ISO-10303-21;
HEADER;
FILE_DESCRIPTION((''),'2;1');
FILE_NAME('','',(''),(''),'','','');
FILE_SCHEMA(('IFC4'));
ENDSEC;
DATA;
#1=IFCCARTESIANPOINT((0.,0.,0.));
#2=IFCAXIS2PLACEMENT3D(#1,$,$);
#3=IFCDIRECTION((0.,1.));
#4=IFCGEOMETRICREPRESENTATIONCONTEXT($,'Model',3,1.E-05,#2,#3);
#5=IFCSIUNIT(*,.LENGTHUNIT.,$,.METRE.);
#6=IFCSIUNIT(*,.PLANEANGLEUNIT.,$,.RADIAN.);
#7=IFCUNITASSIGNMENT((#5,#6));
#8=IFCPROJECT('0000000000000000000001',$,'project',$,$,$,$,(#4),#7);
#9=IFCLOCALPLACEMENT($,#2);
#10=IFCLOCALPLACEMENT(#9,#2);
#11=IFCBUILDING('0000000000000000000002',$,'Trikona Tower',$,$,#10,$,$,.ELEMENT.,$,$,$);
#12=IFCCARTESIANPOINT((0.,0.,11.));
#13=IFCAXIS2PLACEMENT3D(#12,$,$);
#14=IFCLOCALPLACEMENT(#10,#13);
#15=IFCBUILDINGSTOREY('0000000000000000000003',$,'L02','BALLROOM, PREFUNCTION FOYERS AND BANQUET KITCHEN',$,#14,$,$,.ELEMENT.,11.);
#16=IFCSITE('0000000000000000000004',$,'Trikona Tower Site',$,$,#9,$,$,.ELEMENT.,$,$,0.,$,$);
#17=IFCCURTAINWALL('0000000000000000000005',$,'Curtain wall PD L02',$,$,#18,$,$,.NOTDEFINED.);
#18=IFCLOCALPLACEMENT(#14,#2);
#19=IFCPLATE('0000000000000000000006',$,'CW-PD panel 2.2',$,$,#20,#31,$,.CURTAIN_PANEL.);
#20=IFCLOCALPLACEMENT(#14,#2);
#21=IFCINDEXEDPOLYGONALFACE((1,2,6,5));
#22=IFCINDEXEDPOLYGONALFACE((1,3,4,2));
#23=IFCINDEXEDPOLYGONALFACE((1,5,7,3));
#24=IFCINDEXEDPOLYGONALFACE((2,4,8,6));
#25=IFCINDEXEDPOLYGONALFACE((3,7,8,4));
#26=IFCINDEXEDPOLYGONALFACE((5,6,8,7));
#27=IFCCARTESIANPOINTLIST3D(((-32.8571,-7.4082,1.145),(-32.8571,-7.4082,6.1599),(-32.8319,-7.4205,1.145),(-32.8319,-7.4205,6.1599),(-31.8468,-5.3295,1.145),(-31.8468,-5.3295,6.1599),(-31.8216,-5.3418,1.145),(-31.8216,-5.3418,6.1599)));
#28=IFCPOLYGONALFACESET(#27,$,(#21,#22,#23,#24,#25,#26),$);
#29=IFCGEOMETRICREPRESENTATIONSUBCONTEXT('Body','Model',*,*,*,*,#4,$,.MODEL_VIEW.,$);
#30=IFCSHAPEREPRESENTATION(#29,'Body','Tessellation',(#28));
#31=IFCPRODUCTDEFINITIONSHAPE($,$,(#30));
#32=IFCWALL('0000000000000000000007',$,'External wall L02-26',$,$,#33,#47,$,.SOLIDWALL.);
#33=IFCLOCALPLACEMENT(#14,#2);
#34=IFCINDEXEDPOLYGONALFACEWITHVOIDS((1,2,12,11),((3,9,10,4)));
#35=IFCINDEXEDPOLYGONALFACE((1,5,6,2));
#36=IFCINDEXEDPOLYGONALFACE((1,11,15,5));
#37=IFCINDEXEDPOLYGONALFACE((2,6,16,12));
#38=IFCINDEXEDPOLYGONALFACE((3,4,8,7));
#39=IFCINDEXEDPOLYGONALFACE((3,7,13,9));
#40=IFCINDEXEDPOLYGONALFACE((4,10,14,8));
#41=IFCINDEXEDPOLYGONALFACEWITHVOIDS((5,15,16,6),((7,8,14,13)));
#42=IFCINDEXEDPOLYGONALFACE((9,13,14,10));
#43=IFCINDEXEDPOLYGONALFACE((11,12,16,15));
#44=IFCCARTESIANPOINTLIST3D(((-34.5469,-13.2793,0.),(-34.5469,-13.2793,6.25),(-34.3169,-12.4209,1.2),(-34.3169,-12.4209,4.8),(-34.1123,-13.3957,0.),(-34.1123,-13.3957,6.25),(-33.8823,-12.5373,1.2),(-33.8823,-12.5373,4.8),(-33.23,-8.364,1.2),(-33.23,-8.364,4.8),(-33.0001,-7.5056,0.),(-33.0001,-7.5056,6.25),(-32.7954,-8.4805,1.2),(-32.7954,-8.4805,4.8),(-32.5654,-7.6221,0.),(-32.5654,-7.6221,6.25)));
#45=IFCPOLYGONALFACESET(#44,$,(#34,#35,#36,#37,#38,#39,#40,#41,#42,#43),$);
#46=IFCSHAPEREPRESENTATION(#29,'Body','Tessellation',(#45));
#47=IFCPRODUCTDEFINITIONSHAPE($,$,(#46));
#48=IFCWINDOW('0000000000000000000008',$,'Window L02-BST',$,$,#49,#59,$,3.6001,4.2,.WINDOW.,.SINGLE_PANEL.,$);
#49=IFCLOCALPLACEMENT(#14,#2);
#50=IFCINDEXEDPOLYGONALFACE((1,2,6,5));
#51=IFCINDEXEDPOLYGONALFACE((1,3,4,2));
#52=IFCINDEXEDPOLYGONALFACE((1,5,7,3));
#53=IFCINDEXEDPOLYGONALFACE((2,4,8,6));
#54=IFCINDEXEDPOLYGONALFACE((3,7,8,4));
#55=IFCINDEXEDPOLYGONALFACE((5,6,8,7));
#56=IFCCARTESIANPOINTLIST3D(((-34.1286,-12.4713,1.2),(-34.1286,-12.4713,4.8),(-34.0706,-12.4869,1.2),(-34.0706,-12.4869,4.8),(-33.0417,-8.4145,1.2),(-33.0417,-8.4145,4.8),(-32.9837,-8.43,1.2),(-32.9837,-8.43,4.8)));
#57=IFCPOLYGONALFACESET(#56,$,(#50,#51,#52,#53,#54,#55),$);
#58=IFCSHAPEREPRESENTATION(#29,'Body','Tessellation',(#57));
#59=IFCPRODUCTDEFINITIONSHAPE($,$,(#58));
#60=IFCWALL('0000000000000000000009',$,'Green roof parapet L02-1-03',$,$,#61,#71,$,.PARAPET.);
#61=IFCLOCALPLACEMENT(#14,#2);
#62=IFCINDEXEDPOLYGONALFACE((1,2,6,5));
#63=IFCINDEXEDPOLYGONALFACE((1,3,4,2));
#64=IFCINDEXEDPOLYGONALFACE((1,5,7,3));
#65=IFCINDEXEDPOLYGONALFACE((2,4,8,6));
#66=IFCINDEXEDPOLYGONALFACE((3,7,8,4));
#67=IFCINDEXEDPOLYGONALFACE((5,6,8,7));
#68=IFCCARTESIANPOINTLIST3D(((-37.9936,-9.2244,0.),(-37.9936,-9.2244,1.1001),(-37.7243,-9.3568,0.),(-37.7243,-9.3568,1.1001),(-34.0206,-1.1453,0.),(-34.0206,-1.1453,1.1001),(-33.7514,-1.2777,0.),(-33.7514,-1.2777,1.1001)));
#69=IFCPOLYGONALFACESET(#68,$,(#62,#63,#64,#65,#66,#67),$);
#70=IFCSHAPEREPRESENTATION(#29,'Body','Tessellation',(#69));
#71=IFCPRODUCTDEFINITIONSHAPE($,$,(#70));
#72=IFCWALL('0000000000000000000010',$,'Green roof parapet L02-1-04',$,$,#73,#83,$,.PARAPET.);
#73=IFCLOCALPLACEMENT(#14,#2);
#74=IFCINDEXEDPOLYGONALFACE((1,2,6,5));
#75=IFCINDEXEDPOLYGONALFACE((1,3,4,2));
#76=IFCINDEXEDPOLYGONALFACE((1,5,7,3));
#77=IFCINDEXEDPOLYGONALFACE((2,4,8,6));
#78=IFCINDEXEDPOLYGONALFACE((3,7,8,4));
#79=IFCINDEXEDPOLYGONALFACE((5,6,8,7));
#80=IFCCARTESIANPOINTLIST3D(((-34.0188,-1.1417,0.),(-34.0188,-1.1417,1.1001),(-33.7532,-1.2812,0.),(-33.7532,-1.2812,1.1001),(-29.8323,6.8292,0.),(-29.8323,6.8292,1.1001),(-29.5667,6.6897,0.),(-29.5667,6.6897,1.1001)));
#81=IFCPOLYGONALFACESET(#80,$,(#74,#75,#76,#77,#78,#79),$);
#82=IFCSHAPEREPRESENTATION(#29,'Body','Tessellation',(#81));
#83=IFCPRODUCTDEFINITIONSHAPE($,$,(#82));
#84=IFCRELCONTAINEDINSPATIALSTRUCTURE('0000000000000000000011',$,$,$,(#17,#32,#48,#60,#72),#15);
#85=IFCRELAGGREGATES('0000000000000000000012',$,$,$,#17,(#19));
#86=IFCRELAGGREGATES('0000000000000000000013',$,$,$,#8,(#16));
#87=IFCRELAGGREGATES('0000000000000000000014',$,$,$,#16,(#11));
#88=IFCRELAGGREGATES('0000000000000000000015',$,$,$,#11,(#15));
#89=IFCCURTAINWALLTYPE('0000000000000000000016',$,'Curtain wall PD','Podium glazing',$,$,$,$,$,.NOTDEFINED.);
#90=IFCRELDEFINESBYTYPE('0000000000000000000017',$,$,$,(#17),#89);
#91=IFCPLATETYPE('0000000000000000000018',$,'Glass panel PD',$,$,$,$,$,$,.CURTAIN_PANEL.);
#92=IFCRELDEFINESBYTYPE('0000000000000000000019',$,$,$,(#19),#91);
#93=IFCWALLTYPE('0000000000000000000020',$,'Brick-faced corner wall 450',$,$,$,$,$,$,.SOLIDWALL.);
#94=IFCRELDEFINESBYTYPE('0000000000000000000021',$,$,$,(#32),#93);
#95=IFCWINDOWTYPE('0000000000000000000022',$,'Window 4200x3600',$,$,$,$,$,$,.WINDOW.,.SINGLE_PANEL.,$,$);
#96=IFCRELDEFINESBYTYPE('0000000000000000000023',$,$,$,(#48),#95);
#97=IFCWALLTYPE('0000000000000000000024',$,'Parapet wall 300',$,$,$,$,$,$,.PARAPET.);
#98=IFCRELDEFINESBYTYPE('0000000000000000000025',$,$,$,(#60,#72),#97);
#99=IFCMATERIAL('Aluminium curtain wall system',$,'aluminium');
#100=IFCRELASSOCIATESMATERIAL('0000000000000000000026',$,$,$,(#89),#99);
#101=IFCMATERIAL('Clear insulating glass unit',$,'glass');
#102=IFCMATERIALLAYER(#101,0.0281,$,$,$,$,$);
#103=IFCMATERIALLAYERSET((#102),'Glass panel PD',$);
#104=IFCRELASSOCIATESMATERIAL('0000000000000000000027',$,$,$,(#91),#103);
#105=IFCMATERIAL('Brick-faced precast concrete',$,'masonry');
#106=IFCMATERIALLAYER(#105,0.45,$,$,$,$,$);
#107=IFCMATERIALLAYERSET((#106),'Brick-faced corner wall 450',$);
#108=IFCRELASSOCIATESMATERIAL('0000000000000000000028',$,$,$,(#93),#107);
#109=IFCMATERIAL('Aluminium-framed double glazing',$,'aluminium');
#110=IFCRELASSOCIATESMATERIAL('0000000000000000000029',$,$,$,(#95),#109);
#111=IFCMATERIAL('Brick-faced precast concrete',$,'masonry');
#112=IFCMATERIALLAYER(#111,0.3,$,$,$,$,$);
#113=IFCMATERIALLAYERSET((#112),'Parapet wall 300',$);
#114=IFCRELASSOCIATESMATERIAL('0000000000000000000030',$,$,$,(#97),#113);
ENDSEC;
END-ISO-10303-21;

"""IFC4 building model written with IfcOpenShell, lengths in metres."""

from ifc_helpers import new_model, si_unit, direction, frame, frame_2d, origin, origin_2d, place, context, subcontext, project, spatial, rectangle, extrude, material, layer, layer_set, type_object, element, fill, aggregate, save


model = new_model("IFC4")

# Units and contexts
model_context = context("Model", 3, precision=1e-05, world=origin(), true_north=direction((0.0, 1.0)))
body_context = subcontext(model_context, "Body", "Model", "MODEL_VIEW")
ifc_project = project(units=[si_unit("LENGTHUNIT", "METRE"), si_unit("PLANEANGLEUNIT", "RADIAN")], contexts=[model_context])

# Site, building, storey
site_placement = place(None, origin())
site = spatial("IfcSite", under=ifc_project, at=site_placement, Name="Trikona Tower Site", CompositionType="ELEMENT", RefElevation=0.0)
building_placement = place(site_placement, origin())
building = spatial("IfcBuilding", under=site, at=building_placement, Name="Trikona Tower", CompositionType="ELEMENT")
storey_placement = place(building_placement, frame((0.0, 0.0, 11.0)))
storey = spatial("IfcBuildingStorey", under=building, at=storey_placement, Name="L02", Description="BALLROOM, PREFUNCTION FOYERS AND BANQUET KITCHEN", CompositionType="ELEMENT", Elevation=11.0)

# Shared definitions
ifc_material_1 = material(Name="Aluminium curtain wall system", Category="aluminium")
curtain_wall_type = type_object("IfcCurtainWallType", Name="Curtain wall PD", Description="Podium glazing", PredefinedType="NOTDEFINED", material=ifc_material_1)

# Curtain wall
curtain_wall_1_placement = place(storey_placement, origin())
curtain_wall_1 = element("IfcCurtainWall", 1, at=curtain_wall_1_placement, inside=storey, type_object=curtain_wall_type, Name="Curtain wall PD L02", PredefinedType="NOTDEFINED")

# Plate
ifc_material_2 = material(Name="Clear insulating glass unit", Category="glass")
ifc_layer_1 = layer(ifc_material_2, 0.0281)
ifc_layer_set_1 = layer_set([ifc_layer_1], Name="Glass panel PD")
plate_type = type_object("IfcPlateType", Name="Glass panel PD", PredefinedType="CURTAIN_PANEL", material=ifc_layer_set_1)
plate_1_placement = place(storey_placement, frame((-32.3394, -6.375, 1.145), z_axis=(0.0, 0.0, 1.0), x_axis=(-0.437129, -0.899399, 0.0)))
plate_1 = element("IfcPlate", 2, at=plate_1_placement, type_object=plate_type, Name="CW-PD panel 2.2", PredefinedType="CURTAIN_PANEL", context=body_context, shape_type="SweptSolid", body=[
    extrude(rectangle(XDim=2.3113, YDim=0.0281, at=origin_2d()), origin(), (0.0, 0.0, 1.0), 5.0149),
])
aggregate(curtain_wall_1, [plate_1])

# Wall, opening, window
ifc_material_3 = material(Name="Brick-faced precast concrete", Category="masonry")
ifc_layer_2 = layer(ifc_material_3, 0.45)
ifc_layer_set_2 = layer_set([ifc_layer_2], Name="Brick-faced corner wall 450")
wall_type_1 = type_object("IfcWallType", Name="Brick-faced corner wall 450", PredefinedType="SOLIDWALL", material=ifc_layer_set_2)
wall_1_placement = place(storey_placement, frame((-32.7827, -7.5637, 0.0), z_axis=(0.0, 0.0, 1.0), x_axis=(-0.258791, -0.965933, 0.0)))
wall_1 = element("IfcWall", 3, at=wall_1_placement, inside=storey, type_object=wall_type_1, Name="External wall L02-26", PredefinedType="SOLIDWALL", context=body_context, shape_type="SweptSolid", body=[
    extrude(rectangle(XDim=5.9773, YDim=0.45, at=frame_2d((2.9888, 0.0))), origin(), (0.0, 0.0, 1.0), 6.25),
])
opening_placement = place(wall_1_placement, frame((0.8887, 0.0, 1.2)))
opening = element("IfcOpeningElement", 4, at=opening_placement, cuts=wall_1, PredefinedType="OPENING", context=body_context, shape_type="SweptSolid", body=[
    extrude(rectangle(XDim=4.2, YDim=3.6001, at=frame_2d((2.1001, 1.8))), frame((0.0, 0.2349, 0.0), z_axis=(0.0, -1.0, 0.0), x_axis=(1.0, 0.0, 0.0)), (0.0, 0.0, 1.0), 0.47),
])
ifc_material_4 = material(Name="Aluminium-framed double glazing", Category="aluminium")
window_type = type_object("IfcWindowType", Name="Window 4200x3600", PartitioningType="SINGLE_PANEL", PredefinedType="WINDOW", material=ifc_material_4)
window_placement = place(opening_placement, origin())
window = element("IfcWindow", 5, at=window_placement, inside=storey, type_object=window_type, Name="Window L02-BST", OverallHeight=3.6001, OverallWidth=4.2, PartitioningType="SINGLE_PANEL", PredefinedType="WINDOW", context=body_context, shape_type="SweptSolid", body=[
    extrude(rectangle(XDim=4.2, YDim=3.6001, at=frame_2d((2.1001, 1.8))), frame((0.0, 0.03, 0.0), z_axis=(0.0, -1.0, 0.0), x_axis=(1.0, 0.0, 0.0)), (0.0, 0.0, 1.0), 0.0601),
])
fill(opening, window)

# Walls
ifc_material_5 = material(Name="Brick-faced precast concrete", Category="masonry")
ifc_layer_3 = layer(ifc_material_5, 0.3)
ifc_layer_set_3 = layer_set([ifc_layer_3], Name="Parapet wall 300")
wall_type_2 = type_object("IfcWallType", Name="Parapet wall 300", PredefinedType="PARAPET", material=ifc_layer_set_3)
wall_2_placement = place(storey_placement, frame((-37.8589, -9.2905, 0.0), z_axis=(0.0, 0.0, 1.0), x_axis=(0.441281, 0.897369, 0.0)))
element("IfcWall", 6, at=wall_2_placement, inside=storey, type_object=wall_type_2, Name="Green roof parapet L02-1-03", PredefinedType="PARAPET", context=body_context, shape_type="SweptSolid", body=[
    extrude(rectangle(XDim=9.0032, YDim=0.3, at=frame_2d((4.5015, 0.0))), origin(), (0.0, 0.0, 1.0), 1.1001),
])
wall_3_placement = place(storey_placement, frame((-33.886, -1.2114, 0.0), z_axis=(0.0, 0.0, 1.0), x_axis=(0.464989, 0.885317, 0.0)))
element("IfcWall", 7, at=wall_3_placement, inside=storey, type_object=wall_type_2, Name="Green roof parapet L02-1-04", PredefinedType="PARAPET", context=body_context, shape_type="SweptSolid", body=[
    extrude(rectangle(XDim=9.0034, YDim=0.3, at=frame_2d((4.5017, 0.0))), origin(), (0.0, 0.0, 1.0), 1.1001),
])

save(model, "model.ifc")
